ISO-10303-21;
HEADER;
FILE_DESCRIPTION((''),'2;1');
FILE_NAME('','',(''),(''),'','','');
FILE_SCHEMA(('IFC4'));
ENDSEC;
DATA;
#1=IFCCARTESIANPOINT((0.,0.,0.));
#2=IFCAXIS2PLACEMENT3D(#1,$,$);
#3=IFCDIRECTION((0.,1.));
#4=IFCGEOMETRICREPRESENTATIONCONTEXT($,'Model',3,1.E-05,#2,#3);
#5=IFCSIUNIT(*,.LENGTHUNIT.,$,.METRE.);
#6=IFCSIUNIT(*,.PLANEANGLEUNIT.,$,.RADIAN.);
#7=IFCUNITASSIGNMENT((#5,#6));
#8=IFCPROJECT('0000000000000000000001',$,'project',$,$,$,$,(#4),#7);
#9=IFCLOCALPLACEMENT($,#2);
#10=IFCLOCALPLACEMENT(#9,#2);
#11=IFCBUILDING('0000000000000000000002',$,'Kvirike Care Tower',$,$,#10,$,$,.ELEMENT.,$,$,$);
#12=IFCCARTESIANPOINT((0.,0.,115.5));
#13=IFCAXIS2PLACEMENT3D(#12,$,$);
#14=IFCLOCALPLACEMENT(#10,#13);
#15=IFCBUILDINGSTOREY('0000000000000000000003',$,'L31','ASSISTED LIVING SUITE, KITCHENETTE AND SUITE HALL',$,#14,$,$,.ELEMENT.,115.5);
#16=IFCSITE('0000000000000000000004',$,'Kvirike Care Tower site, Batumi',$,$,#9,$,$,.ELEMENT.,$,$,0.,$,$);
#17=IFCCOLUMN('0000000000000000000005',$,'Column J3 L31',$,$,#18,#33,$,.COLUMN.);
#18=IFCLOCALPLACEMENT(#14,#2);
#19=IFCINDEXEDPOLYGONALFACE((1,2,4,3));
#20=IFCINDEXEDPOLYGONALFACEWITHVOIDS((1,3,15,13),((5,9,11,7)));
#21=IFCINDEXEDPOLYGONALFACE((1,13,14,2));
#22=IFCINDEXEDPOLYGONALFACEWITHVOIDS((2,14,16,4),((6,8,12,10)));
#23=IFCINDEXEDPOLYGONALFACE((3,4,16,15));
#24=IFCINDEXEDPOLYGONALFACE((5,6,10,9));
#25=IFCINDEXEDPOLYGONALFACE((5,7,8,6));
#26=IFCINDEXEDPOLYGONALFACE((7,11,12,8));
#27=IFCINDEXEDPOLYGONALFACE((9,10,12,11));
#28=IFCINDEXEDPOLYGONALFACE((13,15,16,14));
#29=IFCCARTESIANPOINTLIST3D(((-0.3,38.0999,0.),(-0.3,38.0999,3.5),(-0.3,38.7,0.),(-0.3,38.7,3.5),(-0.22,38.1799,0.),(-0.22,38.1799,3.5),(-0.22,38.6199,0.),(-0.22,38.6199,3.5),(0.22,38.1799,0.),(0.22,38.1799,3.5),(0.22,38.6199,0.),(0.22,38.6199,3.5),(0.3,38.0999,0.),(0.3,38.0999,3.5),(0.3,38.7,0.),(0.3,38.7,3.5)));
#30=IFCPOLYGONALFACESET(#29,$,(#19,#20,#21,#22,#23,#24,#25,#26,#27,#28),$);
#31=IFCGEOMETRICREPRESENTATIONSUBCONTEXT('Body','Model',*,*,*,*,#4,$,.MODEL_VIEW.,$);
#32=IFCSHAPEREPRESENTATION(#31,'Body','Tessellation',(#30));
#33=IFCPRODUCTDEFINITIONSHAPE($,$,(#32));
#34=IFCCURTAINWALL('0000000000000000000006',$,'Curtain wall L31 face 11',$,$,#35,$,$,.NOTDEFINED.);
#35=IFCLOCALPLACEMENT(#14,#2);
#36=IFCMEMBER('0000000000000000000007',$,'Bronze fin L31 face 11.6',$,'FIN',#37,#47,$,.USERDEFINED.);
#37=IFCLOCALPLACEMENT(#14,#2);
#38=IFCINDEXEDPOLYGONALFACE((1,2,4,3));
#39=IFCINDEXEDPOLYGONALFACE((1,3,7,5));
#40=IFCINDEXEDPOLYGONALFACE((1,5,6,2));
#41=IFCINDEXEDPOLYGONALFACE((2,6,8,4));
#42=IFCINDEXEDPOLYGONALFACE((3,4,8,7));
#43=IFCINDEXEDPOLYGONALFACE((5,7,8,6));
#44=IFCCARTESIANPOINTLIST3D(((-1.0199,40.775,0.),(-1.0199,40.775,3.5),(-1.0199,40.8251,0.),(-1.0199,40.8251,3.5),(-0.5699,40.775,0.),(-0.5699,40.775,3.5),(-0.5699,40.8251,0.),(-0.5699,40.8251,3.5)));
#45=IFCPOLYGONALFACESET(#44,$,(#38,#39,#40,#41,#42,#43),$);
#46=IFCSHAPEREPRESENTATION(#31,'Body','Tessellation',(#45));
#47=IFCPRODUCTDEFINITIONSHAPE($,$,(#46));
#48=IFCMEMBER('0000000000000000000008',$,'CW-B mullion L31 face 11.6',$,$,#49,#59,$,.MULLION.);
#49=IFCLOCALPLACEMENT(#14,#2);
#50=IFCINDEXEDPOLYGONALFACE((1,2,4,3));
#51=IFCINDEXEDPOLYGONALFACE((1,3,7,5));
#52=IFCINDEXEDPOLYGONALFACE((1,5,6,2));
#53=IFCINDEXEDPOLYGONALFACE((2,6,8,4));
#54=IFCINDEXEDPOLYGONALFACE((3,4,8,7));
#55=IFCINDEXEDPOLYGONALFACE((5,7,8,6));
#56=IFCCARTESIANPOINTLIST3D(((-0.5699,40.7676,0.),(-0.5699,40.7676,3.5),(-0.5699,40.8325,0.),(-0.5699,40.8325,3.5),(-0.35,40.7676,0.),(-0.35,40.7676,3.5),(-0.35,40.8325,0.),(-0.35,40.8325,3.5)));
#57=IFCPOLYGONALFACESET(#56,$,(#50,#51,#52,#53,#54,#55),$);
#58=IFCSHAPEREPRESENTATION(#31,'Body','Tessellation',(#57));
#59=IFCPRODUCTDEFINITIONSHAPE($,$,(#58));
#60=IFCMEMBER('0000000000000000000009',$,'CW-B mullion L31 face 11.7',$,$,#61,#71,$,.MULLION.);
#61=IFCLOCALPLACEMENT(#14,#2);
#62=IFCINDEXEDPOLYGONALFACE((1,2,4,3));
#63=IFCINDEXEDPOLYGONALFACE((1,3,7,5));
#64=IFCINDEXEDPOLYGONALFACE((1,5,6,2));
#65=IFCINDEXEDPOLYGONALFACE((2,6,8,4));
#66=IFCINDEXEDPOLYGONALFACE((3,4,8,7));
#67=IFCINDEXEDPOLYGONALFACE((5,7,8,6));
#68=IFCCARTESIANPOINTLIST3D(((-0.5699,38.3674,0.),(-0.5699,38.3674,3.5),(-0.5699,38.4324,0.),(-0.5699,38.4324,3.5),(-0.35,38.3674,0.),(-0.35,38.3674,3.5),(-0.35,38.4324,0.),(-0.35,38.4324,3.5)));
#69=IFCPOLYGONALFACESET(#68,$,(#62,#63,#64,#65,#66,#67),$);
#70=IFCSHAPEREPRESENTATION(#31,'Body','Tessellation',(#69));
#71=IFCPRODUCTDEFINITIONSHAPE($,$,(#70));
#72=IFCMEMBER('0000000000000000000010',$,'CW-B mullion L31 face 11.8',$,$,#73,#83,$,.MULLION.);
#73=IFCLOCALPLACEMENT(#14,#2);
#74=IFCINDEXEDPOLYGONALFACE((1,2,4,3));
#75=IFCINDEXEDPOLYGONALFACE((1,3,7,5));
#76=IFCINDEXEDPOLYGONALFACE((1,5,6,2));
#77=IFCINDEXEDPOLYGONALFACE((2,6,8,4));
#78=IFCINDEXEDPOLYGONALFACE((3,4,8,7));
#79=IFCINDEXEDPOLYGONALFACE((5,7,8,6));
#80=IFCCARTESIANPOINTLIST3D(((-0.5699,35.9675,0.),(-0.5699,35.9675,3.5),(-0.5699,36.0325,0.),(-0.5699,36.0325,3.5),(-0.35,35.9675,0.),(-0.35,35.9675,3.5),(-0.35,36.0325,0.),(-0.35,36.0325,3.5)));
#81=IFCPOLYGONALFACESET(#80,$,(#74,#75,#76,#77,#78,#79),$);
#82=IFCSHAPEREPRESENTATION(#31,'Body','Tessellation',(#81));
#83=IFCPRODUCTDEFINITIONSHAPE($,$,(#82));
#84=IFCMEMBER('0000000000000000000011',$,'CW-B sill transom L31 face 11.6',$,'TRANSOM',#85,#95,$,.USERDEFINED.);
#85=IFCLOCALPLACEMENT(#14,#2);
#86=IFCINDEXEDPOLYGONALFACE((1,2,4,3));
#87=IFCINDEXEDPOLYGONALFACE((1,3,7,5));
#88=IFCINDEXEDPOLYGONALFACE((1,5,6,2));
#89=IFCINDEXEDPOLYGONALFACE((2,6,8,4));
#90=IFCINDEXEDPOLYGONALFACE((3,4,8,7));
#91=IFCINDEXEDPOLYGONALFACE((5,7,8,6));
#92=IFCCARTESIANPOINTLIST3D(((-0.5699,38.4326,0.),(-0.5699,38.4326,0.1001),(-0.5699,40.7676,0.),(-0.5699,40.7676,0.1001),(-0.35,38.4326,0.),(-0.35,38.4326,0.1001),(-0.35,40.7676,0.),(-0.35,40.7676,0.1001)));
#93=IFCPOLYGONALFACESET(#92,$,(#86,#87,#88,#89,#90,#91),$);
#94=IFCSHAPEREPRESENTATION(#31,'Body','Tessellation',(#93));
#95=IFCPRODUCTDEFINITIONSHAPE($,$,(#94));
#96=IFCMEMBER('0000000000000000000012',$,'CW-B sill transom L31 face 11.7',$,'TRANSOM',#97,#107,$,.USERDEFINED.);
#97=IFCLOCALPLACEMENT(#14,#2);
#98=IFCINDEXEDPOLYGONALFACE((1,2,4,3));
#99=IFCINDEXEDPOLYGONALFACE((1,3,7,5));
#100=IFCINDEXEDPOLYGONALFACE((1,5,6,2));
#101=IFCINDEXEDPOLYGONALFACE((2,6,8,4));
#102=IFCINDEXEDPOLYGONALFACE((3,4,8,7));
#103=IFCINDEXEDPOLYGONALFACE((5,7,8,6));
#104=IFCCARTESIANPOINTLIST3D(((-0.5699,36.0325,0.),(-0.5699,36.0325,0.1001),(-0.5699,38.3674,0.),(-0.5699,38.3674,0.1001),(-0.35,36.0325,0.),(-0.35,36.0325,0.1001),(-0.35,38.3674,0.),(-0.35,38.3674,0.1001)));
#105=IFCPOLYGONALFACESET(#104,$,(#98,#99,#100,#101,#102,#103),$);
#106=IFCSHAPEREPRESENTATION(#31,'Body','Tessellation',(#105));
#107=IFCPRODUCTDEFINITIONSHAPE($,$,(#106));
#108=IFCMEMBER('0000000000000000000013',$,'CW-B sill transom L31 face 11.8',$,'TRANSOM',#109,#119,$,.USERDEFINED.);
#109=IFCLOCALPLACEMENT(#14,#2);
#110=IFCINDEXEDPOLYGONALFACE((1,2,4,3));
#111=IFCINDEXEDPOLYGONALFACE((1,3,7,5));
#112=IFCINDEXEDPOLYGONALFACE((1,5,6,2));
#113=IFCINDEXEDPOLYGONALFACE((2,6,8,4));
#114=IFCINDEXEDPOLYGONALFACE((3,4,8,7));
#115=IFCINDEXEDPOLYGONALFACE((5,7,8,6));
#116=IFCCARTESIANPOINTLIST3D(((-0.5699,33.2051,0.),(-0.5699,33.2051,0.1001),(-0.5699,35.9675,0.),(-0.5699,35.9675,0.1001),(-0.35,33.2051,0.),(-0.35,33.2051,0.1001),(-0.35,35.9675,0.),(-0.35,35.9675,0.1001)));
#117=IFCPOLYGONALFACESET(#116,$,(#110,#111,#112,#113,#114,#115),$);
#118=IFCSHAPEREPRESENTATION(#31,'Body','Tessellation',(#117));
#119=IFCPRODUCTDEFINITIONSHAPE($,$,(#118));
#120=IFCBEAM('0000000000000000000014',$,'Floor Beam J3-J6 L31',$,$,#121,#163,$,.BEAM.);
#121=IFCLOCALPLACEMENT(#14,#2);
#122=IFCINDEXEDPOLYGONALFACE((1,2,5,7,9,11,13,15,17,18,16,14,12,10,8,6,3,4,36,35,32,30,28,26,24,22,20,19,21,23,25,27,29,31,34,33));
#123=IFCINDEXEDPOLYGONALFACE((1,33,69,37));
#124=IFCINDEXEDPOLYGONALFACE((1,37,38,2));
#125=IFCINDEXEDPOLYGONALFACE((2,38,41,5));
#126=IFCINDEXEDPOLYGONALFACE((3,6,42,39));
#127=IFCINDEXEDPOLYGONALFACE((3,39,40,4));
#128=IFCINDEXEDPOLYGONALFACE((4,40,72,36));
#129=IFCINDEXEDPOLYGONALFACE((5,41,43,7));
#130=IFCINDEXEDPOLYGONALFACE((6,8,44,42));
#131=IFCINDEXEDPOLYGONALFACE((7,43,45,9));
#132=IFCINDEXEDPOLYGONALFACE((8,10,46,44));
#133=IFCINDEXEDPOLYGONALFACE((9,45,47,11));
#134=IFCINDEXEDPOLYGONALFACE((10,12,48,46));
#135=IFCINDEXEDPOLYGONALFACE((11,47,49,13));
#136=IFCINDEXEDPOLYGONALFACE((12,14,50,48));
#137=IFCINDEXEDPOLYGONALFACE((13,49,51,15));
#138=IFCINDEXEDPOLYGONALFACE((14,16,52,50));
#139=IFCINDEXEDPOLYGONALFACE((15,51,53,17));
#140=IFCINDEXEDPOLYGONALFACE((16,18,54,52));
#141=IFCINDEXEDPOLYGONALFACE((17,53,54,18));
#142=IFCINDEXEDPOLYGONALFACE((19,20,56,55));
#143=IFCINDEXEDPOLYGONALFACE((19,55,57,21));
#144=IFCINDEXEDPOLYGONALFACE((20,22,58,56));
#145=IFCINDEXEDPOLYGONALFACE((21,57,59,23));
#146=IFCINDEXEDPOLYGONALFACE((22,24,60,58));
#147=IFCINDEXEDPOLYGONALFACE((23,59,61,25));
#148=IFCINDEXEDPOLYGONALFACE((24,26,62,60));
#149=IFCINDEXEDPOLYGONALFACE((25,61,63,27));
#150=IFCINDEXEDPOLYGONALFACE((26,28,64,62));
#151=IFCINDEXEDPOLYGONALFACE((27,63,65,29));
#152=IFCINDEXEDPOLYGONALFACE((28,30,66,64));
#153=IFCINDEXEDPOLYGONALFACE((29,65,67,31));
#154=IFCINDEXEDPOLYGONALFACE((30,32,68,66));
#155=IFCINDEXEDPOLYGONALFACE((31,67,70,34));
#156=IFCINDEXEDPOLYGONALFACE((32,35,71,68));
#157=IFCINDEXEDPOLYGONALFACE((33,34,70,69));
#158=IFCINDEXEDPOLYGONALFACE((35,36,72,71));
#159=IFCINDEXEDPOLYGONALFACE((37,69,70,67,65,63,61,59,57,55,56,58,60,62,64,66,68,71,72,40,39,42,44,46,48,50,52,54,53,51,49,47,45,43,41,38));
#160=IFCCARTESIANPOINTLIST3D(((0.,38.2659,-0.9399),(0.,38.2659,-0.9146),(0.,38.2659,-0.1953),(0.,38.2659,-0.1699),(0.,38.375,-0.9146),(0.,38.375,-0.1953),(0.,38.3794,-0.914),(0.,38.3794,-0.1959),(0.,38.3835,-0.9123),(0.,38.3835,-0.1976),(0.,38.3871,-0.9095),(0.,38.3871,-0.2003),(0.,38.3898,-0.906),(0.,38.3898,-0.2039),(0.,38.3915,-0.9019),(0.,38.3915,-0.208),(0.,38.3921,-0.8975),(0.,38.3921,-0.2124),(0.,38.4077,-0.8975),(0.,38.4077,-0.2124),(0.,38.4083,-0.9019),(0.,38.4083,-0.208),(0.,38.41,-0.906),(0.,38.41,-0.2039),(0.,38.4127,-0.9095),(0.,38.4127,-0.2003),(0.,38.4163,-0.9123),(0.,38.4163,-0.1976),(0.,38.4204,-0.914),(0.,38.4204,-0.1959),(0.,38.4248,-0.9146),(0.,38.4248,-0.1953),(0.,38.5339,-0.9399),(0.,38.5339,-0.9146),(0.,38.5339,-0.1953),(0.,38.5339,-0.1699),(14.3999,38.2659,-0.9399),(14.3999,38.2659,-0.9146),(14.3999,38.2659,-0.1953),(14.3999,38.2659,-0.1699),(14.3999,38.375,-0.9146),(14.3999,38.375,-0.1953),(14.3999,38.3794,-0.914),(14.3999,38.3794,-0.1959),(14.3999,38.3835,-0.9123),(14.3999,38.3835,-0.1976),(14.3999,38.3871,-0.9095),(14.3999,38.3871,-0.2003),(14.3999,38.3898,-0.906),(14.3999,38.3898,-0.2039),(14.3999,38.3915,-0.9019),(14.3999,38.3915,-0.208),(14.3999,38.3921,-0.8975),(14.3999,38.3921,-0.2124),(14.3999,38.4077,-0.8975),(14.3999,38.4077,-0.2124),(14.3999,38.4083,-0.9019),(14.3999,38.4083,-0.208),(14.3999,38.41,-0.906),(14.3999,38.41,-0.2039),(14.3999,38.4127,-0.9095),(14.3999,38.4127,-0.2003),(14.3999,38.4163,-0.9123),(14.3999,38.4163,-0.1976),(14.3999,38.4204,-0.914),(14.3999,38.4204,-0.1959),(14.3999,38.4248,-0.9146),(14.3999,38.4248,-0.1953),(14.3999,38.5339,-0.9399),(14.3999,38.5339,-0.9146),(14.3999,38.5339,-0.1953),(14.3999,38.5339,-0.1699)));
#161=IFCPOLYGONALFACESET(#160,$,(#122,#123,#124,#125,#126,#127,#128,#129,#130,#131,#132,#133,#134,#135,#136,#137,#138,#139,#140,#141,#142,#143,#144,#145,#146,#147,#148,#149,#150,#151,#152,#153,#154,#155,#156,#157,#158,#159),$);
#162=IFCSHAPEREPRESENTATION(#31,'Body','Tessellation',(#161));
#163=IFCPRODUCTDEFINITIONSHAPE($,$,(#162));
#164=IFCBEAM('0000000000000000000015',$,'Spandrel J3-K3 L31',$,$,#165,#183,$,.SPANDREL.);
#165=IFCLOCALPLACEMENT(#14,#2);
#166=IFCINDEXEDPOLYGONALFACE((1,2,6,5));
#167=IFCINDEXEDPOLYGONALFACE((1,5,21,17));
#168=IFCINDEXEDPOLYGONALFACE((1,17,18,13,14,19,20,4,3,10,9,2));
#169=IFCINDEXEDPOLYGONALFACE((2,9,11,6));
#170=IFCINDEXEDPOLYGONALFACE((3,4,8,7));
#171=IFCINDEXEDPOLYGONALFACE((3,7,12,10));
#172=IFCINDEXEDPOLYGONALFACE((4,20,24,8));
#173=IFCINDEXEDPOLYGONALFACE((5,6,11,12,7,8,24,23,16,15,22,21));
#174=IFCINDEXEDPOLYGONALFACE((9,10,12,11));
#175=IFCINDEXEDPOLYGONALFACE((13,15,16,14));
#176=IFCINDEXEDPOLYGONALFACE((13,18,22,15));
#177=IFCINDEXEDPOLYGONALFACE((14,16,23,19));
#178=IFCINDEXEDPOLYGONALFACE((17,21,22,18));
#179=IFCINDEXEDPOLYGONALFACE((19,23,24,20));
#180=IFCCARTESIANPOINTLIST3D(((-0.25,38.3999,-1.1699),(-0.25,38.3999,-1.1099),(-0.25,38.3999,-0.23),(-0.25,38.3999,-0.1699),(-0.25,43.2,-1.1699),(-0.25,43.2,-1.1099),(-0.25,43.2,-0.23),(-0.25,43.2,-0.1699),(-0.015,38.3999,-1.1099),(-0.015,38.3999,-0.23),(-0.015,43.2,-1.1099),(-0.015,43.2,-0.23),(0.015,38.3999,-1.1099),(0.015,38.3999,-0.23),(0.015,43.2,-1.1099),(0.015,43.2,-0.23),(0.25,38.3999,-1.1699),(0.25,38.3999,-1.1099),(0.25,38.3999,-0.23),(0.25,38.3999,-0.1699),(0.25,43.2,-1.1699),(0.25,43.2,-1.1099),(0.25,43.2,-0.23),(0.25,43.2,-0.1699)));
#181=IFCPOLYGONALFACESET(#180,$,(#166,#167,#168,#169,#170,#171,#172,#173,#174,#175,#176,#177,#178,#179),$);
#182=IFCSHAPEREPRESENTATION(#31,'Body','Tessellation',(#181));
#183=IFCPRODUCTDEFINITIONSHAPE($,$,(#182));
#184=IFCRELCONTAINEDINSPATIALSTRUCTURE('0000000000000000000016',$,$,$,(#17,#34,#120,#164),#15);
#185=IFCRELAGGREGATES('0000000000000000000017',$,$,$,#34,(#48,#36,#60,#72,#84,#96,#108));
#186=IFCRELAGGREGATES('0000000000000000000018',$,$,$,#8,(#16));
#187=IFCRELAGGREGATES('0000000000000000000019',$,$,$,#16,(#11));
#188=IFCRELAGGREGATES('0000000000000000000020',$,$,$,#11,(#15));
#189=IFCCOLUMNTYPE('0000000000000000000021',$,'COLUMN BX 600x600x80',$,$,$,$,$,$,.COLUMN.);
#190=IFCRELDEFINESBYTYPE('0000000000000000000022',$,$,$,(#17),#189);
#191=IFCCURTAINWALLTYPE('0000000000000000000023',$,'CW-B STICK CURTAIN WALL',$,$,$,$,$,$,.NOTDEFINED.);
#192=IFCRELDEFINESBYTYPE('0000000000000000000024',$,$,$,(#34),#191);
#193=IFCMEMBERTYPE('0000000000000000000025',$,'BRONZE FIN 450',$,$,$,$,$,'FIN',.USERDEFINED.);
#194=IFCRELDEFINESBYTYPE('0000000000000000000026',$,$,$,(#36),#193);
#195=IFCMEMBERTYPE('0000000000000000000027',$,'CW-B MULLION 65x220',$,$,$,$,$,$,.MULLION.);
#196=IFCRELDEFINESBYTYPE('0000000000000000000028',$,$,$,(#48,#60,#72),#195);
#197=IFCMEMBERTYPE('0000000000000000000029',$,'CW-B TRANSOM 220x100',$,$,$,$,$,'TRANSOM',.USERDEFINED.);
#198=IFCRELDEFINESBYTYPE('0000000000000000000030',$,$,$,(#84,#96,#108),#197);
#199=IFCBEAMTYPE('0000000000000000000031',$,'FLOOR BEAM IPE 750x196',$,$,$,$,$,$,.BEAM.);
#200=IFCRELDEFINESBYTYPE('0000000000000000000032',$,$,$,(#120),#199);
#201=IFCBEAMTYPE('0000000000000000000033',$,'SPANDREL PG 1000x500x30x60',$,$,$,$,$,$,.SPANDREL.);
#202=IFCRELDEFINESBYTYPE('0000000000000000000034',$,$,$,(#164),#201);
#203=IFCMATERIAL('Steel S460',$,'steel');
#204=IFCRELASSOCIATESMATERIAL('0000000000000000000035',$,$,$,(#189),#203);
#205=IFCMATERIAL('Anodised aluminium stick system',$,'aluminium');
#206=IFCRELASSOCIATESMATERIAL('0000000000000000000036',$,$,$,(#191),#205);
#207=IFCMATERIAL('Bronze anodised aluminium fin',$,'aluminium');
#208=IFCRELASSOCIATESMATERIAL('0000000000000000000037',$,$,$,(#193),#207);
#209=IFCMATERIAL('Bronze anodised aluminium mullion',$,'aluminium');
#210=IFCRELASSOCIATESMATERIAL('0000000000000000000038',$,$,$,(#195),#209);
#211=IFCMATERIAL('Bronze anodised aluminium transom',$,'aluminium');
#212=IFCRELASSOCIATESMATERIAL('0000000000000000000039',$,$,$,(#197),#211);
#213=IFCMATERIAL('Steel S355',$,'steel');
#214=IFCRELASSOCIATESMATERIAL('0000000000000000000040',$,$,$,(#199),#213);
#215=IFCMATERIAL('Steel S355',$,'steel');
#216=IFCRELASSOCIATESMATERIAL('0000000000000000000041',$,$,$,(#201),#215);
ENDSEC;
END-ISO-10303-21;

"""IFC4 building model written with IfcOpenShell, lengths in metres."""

from ifc_helpers import new_model, si_unit, direction, frame, origin, origin_2d, place, context, subcontext, project, spatial, rectangle, hollow_rectangle, i_section, extrude, material, material_profile, profile_set, type_object, element, aggregate, save


model = new_model("IFC4")

# Units and contexts
model_context = context("Model", 3, precision=1e-05, world=origin(), true_north=direction((0.0, 1.0)))
body_context = subcontext(model_context, "Body", "Model", "MODEL_VIEW")
ifc_project = project(units=[si_unit("LENGTHUNIT", "METRE"), si_unit("PLANEANGLEUNIT", "RADIAN")], contexts=[model_context])

# Site, building, storey
site_placement = place(None, origin())
site = spatial("IfcSite", under=ifc_project, at=site_placement, Name="Kvirike Care Tower site, Batumi", CompositionType="ELEMENT", RefElevation=0.0)
building_placement = place(site_placement, origin())
building = spatial("IfcBuilding", under=site, at=building_placement, Name="Kvirike Care Tower", CompositionType="ELEMENT")
storey_placement = place(building_placement, frame((0.0, 0.0, 115.5)))
storey = spatial("IfcBuildingStorey", under=building, at=storey_placement, Name="L31", Description="ASSISTED LIVING SUITE, KITCHENETTE AND SUITE HALL", CompositionType="ELEMENT", Elevation=115.5)

# Column
ifc_material_1 = material(Name="Steel S460", Category="steel")
ifc_material_profile_1 = material_profile(ifc_material_1, hollow_rectangle(XDim=0.6001, YDim=0.6001, WallThickness=0.0801, at=origin_2d()), Name="BX 600x600x80")
ifc_profile_set_1 = profile_set([ifc_material_profile_1], Name="Steel S460")
column_type = type_object("IfcColumnType", Name="COLUMN BX 600x600x80", PredefinedType="COLUMN", material=ifc_profile_set_1)
column_placement = place(storey_placement, frame((0.0, 38.3999, 0.0), z_axis=(0.0, 0.0, 1.0), x_axis=(1.0, 0.0, 0.0)))
element("IfcColumn", 1, at=column_placement, inside=storey, type_object=column_type, Name="Column J3 L31", PredefinedType="COLUMN", context=body_context, shape_type="SweptSolid", body=[
    extrude(hollow_rectangle(XDim=0.6001, YDim=0.6001, WallThickness=0.0801, at=origin_2d()), origin(), (0.0, 0.0, 1.0), 3.5),
])

# Curtain wall, members
ifc_material_2 = material(Name="Anodised aluminium stick system", Category="aluminium")
curtain_wall_type = type_object("IfcCurtainWallType", Name="CW-B STICK CURTAIN WALL", PredefinedType="NOTDEFINED", material=ifc_material_2)
curtain_wall_placement = place(storey_placement, origin())
curtain_wall = element("IfcCurtainWall", 2, at=curtain_wall_placement, inside=storey, type_object=curtain_wall_type, Name="Curtain wall L31 face 11", PredefinedType="NOTDEFINED")
ifc_material_3 = material(Name="Bronze anodised aluminium fin", Category="aluminium")
ifc_material_profile_2 = material_profile(ifc_material_3, rectangle(XDim=0.05, YDim=0.45, at=origin_2d()), Name="BRONZE FIN 450")
ifc_profile_set_2 = profile_set([ifc_material_profile_2], Name="Bronze anodised aluminium fin")
member_type_1 = type_object("IfcMemberType", Name="BRONZE FIN 450", ElementType="FIN", PredefinedType="USERDEFINED", material=ifc_profile_set_2)
member_1_placement = place(storey_placement, frame((-0.7949, 40.8, 0.0), z_axis=(0.0, 0.0, 1.0), x_axis=(0.0, -1.0, 0.0)))
member_1 = element("IfcMember", 3, at=member_1_placement, type_object=member_type_1, Name="Bronze fin L31 face 11.6", ObjectType="FIN", PredefinedType="USERDEFINED", context=body_context, shape_type="SweptSolid", body=[
    extrude(rectangle(XDim=0.05, YDim=0.45, at=origin_2d()), origin(), (0.0, 0.0, 1.0), 3.5),
])
ifc_material_4 = material(Name="Bronze anodised aluminium mullion", Category="aluminium")
ifc_material_profile_3 = material_profile(ifc_material_4, rectangle(XDim=0.0649, YDim=0.22, at=origin_2d()), Name="CW-B MULLION 65x220")
ifc_profile_set_3 = profile_set([ifc_material_profile_3], Name="Bronze anodised aluminium mullion")
member_type_2 = type_object("IfcMemberType", Name="CW-B MULLION 65x220", PredefinedType="MULLION", material=ifc_profile_set_3)
member_2_placement = place(storey_placement, frame((-0.46, 40.8, 0.0), z_axis=(0.0, 0.0, 1.0), x_axis=(0.0, -1.0, 0.0)))
member_2 = element("IfcMember", 4, at=member_2_placement, type_object=member_type_2, Name="CW-B mullion L31 face 11.6", PredefinedType="MULLION", context=body_context, shape_type="SweptSolid", body=[
    extrude(rectangle(XDim=0.0649, YDim=0.22, at=origin_2d()), origin(), (0.0, 0.0, 1.0), 3.5),
])
member_3_placement = place(storey_placement, frame((-0.46, 38.3999, 0.0), z_axis=(0.0, 0.0, 1.0), x_axis=(0.0, -1.0, 0.0)))
member_3 = element("IfcMember", 5, at=member_3_placement, type_object=member_type_2, Name="CW-B mullion L31 face 11.7", PredefinedType="MULLION", context=body_context, shape_type="SweptSolid", body=[
    extrude(rectangle(XDim=0.0649, YDim=0.22, at=origin_2d()), origin(), (0.0, 0.0, 1.0), 3.5),
])
member_4_placement = place(storey_placement, frame((-0.46, 36.0, 0.0), z_axis=(0.0, 0.0, 1.0), x_axis=(0.0, -1.0, 0.0)))
member_4 = element("IfcMember", 6, at=member_4_placement, type_object=member_type_2, Name="CW-B mullion L31 face 11.8", PredefinedType="MULLION", context=body_context, shape_type="SweptSolid", body=[
    extrude(rectangle(XDim=0.0649, YDim=0.22, at=origin_2d()), origin(), (0.0, 0.0, 1.0), 3.5),
])
ifc_material_5 = material(Name="Bronze anodised aluminium transom", Category="aluminium")
ifc_material_profile_4 = material_profile(ifc_material_5, rectangle(XDim=0.22, YDim=0.1001, at=origin_2d()), Name="CW-B TRANSOM 220x100")
ifc_profile_set_4 = profile_set([ifc_material_profile_4], Name="Bronze anodised aluminium transom")
member_type_3 = type_object("IfcMemberType", Name="CW-B TRANSOM 220x100", ElementType="TRANSOM", PredefinedType="USERDEFINED", material=ifc_profile_set_4)
member_5_placement = place(storey_placement, frame((-0.46, 40.7676, 0.05), z_axis=(0.0, -1.0, 0.0), x_axis=(1.0, 0.0, 0.0)))
member_5 = element("IfcMember", 7, at=member_5_placement, type_object=member_type_3, Name="CW-B sill transom L31 face 11.6", ObjectType="TRANSOM", PredefinedType="USERDEFINED", context=body_context, shape_type="SweptSolid", body=[
    extrude(rectangle(XDim=0.22, YDim=0.1001, at=origin_2d()), origin(), (0.0, 0.0, 1.0), 2.335),
])
member_6_placement = place(storey_placement, frame((-0.46, 38.3674, 0.05), z_axis=(0.0, -1.0, 0.0), x_axis=(1.0, 0.0, 0.0)))
member_6 = element("IfcMember", 8, at=member_6_placement, type_object=member_type_3, Name="CW-B sill transom L31 face 11.7", ObjectType="TRANSOM", PredefinedType="USERDEFINED", context=body_context, shape_type="SweptSolid", body=[
    extrude(rectangle(XDim=0.22, YDim=0.1001, at=origin_2d()), origin(), (0.0, 0.0, 1.0), 2.335),
])
member_7_placement = place(storey_placement, frame((-0.46, 35.9675, 0.05), z_axis=(0.0, -1.0, 0.0), x_axis=(1.0, 0.0, 0.0)))
member_7 = element("IfcMember", 9, at=member_7_placement, type_object=member_type_3, Name="CW-B sill transom L31 face 11.8", ObjectType="TRANSOM", PredefinedType="USERDEFINED", context=body_context, shape_type="SweptSolid", body=[
    extrude(rectangle(XDim=0.22, YDim=0.1001, at=origin_2d()), origin(), (0.0, 0.0, 1.0), 2.7625),
])

# Beams
ifc_material_6 = material(Name="Steel S355", Category="steel")
ifc_material_profile_5 = material_profile(ifc_material_6, i_section(OverallWidth=0.2681, OverallDepth=0.77, WebThickness=0.0156, FlangeThickness=0.0254, FilletRadius=0.0171, at=origin_2d()), Name="IPE 750x196")
ifc_profile_set_5 = profile_set([ifc_material_profile_5], Name="Steel S355")
beam_type_1 = type_object("IfcBeamType", Name="FLOOR BEAM IPE 750x196", PredefinedType="BEAM", material=ifc_profile_set_5)
beam_1_placement = place(storey_placement, frame((0.0, 38.3999, -0.5549), z_axis=(1.0, 0.0, 0.0), x_axis=(0.0, 1.0, 0.0)))
element("IfcBeam", 10, at=beam_1_placement, inside=storey, type_object=beam_type_1, Name="Floor Beam J3-J6 L31", PredefinedType="BEAM", context=body_context, shape_type="SweptSolid", body=[
    extrude(i_section(OverallWidth=0.2681, OverallDepth=0.77, WebThickness=0.0156, FlangeThickness=0.0254, FilletRadius=0.0171, at=origin_2d()), origin(), (0.0, 0.0, 1.0), 14.3999),
])
ifc_material_7 = material(Name="Steel S355", Category="steel")
ifc_material_profile_6 = material_profile(ifc_material_7, i_section(OverallWidth=0.5, OverallDepth=1.0, WebThickness=0.03, FlangeThickness=0.0601, at=origin_2d()), Name="PG 1000x500x30x60")
ifc_profile_set_6 = profile_set([ifc_material_profile_6], Name="Steel S355")
beam_type_2 = type_object("IfcBeamType", Name="SPANDREL PG 1000x500x30x60", PredefinedType="SPANDREL", material=ifc_profile_set_6)
beam_2_placement = place(storey_placement, frame((0.0, 38.3999, -0.6699), z_axis=(0.0, 1.0, 0.0), x_axis=(-1.0, 0.0, 0.0)))
element("IfcBeam", 11, at=beam_2_placement, inside=storey, type_object=beam_type_2, Name="Spandrel J3-K3 L31", PredefinedType="SPANDREL", context=body_context, shape_type="SweptSolid", body=[
    extrude(i_section(OverallWidth=0.5, OverallDepth=1.0, WebThickness=0.03, FlangeThickness=0.0601, at=origin_2d()), origin(), (0.0, 0.0, 1.0), 4.8),
])

aggregate(curtain_wall, [member_2, member_1, member_3, member_4, member_5, member_6, member_7])

save(model, "model.ifc")
